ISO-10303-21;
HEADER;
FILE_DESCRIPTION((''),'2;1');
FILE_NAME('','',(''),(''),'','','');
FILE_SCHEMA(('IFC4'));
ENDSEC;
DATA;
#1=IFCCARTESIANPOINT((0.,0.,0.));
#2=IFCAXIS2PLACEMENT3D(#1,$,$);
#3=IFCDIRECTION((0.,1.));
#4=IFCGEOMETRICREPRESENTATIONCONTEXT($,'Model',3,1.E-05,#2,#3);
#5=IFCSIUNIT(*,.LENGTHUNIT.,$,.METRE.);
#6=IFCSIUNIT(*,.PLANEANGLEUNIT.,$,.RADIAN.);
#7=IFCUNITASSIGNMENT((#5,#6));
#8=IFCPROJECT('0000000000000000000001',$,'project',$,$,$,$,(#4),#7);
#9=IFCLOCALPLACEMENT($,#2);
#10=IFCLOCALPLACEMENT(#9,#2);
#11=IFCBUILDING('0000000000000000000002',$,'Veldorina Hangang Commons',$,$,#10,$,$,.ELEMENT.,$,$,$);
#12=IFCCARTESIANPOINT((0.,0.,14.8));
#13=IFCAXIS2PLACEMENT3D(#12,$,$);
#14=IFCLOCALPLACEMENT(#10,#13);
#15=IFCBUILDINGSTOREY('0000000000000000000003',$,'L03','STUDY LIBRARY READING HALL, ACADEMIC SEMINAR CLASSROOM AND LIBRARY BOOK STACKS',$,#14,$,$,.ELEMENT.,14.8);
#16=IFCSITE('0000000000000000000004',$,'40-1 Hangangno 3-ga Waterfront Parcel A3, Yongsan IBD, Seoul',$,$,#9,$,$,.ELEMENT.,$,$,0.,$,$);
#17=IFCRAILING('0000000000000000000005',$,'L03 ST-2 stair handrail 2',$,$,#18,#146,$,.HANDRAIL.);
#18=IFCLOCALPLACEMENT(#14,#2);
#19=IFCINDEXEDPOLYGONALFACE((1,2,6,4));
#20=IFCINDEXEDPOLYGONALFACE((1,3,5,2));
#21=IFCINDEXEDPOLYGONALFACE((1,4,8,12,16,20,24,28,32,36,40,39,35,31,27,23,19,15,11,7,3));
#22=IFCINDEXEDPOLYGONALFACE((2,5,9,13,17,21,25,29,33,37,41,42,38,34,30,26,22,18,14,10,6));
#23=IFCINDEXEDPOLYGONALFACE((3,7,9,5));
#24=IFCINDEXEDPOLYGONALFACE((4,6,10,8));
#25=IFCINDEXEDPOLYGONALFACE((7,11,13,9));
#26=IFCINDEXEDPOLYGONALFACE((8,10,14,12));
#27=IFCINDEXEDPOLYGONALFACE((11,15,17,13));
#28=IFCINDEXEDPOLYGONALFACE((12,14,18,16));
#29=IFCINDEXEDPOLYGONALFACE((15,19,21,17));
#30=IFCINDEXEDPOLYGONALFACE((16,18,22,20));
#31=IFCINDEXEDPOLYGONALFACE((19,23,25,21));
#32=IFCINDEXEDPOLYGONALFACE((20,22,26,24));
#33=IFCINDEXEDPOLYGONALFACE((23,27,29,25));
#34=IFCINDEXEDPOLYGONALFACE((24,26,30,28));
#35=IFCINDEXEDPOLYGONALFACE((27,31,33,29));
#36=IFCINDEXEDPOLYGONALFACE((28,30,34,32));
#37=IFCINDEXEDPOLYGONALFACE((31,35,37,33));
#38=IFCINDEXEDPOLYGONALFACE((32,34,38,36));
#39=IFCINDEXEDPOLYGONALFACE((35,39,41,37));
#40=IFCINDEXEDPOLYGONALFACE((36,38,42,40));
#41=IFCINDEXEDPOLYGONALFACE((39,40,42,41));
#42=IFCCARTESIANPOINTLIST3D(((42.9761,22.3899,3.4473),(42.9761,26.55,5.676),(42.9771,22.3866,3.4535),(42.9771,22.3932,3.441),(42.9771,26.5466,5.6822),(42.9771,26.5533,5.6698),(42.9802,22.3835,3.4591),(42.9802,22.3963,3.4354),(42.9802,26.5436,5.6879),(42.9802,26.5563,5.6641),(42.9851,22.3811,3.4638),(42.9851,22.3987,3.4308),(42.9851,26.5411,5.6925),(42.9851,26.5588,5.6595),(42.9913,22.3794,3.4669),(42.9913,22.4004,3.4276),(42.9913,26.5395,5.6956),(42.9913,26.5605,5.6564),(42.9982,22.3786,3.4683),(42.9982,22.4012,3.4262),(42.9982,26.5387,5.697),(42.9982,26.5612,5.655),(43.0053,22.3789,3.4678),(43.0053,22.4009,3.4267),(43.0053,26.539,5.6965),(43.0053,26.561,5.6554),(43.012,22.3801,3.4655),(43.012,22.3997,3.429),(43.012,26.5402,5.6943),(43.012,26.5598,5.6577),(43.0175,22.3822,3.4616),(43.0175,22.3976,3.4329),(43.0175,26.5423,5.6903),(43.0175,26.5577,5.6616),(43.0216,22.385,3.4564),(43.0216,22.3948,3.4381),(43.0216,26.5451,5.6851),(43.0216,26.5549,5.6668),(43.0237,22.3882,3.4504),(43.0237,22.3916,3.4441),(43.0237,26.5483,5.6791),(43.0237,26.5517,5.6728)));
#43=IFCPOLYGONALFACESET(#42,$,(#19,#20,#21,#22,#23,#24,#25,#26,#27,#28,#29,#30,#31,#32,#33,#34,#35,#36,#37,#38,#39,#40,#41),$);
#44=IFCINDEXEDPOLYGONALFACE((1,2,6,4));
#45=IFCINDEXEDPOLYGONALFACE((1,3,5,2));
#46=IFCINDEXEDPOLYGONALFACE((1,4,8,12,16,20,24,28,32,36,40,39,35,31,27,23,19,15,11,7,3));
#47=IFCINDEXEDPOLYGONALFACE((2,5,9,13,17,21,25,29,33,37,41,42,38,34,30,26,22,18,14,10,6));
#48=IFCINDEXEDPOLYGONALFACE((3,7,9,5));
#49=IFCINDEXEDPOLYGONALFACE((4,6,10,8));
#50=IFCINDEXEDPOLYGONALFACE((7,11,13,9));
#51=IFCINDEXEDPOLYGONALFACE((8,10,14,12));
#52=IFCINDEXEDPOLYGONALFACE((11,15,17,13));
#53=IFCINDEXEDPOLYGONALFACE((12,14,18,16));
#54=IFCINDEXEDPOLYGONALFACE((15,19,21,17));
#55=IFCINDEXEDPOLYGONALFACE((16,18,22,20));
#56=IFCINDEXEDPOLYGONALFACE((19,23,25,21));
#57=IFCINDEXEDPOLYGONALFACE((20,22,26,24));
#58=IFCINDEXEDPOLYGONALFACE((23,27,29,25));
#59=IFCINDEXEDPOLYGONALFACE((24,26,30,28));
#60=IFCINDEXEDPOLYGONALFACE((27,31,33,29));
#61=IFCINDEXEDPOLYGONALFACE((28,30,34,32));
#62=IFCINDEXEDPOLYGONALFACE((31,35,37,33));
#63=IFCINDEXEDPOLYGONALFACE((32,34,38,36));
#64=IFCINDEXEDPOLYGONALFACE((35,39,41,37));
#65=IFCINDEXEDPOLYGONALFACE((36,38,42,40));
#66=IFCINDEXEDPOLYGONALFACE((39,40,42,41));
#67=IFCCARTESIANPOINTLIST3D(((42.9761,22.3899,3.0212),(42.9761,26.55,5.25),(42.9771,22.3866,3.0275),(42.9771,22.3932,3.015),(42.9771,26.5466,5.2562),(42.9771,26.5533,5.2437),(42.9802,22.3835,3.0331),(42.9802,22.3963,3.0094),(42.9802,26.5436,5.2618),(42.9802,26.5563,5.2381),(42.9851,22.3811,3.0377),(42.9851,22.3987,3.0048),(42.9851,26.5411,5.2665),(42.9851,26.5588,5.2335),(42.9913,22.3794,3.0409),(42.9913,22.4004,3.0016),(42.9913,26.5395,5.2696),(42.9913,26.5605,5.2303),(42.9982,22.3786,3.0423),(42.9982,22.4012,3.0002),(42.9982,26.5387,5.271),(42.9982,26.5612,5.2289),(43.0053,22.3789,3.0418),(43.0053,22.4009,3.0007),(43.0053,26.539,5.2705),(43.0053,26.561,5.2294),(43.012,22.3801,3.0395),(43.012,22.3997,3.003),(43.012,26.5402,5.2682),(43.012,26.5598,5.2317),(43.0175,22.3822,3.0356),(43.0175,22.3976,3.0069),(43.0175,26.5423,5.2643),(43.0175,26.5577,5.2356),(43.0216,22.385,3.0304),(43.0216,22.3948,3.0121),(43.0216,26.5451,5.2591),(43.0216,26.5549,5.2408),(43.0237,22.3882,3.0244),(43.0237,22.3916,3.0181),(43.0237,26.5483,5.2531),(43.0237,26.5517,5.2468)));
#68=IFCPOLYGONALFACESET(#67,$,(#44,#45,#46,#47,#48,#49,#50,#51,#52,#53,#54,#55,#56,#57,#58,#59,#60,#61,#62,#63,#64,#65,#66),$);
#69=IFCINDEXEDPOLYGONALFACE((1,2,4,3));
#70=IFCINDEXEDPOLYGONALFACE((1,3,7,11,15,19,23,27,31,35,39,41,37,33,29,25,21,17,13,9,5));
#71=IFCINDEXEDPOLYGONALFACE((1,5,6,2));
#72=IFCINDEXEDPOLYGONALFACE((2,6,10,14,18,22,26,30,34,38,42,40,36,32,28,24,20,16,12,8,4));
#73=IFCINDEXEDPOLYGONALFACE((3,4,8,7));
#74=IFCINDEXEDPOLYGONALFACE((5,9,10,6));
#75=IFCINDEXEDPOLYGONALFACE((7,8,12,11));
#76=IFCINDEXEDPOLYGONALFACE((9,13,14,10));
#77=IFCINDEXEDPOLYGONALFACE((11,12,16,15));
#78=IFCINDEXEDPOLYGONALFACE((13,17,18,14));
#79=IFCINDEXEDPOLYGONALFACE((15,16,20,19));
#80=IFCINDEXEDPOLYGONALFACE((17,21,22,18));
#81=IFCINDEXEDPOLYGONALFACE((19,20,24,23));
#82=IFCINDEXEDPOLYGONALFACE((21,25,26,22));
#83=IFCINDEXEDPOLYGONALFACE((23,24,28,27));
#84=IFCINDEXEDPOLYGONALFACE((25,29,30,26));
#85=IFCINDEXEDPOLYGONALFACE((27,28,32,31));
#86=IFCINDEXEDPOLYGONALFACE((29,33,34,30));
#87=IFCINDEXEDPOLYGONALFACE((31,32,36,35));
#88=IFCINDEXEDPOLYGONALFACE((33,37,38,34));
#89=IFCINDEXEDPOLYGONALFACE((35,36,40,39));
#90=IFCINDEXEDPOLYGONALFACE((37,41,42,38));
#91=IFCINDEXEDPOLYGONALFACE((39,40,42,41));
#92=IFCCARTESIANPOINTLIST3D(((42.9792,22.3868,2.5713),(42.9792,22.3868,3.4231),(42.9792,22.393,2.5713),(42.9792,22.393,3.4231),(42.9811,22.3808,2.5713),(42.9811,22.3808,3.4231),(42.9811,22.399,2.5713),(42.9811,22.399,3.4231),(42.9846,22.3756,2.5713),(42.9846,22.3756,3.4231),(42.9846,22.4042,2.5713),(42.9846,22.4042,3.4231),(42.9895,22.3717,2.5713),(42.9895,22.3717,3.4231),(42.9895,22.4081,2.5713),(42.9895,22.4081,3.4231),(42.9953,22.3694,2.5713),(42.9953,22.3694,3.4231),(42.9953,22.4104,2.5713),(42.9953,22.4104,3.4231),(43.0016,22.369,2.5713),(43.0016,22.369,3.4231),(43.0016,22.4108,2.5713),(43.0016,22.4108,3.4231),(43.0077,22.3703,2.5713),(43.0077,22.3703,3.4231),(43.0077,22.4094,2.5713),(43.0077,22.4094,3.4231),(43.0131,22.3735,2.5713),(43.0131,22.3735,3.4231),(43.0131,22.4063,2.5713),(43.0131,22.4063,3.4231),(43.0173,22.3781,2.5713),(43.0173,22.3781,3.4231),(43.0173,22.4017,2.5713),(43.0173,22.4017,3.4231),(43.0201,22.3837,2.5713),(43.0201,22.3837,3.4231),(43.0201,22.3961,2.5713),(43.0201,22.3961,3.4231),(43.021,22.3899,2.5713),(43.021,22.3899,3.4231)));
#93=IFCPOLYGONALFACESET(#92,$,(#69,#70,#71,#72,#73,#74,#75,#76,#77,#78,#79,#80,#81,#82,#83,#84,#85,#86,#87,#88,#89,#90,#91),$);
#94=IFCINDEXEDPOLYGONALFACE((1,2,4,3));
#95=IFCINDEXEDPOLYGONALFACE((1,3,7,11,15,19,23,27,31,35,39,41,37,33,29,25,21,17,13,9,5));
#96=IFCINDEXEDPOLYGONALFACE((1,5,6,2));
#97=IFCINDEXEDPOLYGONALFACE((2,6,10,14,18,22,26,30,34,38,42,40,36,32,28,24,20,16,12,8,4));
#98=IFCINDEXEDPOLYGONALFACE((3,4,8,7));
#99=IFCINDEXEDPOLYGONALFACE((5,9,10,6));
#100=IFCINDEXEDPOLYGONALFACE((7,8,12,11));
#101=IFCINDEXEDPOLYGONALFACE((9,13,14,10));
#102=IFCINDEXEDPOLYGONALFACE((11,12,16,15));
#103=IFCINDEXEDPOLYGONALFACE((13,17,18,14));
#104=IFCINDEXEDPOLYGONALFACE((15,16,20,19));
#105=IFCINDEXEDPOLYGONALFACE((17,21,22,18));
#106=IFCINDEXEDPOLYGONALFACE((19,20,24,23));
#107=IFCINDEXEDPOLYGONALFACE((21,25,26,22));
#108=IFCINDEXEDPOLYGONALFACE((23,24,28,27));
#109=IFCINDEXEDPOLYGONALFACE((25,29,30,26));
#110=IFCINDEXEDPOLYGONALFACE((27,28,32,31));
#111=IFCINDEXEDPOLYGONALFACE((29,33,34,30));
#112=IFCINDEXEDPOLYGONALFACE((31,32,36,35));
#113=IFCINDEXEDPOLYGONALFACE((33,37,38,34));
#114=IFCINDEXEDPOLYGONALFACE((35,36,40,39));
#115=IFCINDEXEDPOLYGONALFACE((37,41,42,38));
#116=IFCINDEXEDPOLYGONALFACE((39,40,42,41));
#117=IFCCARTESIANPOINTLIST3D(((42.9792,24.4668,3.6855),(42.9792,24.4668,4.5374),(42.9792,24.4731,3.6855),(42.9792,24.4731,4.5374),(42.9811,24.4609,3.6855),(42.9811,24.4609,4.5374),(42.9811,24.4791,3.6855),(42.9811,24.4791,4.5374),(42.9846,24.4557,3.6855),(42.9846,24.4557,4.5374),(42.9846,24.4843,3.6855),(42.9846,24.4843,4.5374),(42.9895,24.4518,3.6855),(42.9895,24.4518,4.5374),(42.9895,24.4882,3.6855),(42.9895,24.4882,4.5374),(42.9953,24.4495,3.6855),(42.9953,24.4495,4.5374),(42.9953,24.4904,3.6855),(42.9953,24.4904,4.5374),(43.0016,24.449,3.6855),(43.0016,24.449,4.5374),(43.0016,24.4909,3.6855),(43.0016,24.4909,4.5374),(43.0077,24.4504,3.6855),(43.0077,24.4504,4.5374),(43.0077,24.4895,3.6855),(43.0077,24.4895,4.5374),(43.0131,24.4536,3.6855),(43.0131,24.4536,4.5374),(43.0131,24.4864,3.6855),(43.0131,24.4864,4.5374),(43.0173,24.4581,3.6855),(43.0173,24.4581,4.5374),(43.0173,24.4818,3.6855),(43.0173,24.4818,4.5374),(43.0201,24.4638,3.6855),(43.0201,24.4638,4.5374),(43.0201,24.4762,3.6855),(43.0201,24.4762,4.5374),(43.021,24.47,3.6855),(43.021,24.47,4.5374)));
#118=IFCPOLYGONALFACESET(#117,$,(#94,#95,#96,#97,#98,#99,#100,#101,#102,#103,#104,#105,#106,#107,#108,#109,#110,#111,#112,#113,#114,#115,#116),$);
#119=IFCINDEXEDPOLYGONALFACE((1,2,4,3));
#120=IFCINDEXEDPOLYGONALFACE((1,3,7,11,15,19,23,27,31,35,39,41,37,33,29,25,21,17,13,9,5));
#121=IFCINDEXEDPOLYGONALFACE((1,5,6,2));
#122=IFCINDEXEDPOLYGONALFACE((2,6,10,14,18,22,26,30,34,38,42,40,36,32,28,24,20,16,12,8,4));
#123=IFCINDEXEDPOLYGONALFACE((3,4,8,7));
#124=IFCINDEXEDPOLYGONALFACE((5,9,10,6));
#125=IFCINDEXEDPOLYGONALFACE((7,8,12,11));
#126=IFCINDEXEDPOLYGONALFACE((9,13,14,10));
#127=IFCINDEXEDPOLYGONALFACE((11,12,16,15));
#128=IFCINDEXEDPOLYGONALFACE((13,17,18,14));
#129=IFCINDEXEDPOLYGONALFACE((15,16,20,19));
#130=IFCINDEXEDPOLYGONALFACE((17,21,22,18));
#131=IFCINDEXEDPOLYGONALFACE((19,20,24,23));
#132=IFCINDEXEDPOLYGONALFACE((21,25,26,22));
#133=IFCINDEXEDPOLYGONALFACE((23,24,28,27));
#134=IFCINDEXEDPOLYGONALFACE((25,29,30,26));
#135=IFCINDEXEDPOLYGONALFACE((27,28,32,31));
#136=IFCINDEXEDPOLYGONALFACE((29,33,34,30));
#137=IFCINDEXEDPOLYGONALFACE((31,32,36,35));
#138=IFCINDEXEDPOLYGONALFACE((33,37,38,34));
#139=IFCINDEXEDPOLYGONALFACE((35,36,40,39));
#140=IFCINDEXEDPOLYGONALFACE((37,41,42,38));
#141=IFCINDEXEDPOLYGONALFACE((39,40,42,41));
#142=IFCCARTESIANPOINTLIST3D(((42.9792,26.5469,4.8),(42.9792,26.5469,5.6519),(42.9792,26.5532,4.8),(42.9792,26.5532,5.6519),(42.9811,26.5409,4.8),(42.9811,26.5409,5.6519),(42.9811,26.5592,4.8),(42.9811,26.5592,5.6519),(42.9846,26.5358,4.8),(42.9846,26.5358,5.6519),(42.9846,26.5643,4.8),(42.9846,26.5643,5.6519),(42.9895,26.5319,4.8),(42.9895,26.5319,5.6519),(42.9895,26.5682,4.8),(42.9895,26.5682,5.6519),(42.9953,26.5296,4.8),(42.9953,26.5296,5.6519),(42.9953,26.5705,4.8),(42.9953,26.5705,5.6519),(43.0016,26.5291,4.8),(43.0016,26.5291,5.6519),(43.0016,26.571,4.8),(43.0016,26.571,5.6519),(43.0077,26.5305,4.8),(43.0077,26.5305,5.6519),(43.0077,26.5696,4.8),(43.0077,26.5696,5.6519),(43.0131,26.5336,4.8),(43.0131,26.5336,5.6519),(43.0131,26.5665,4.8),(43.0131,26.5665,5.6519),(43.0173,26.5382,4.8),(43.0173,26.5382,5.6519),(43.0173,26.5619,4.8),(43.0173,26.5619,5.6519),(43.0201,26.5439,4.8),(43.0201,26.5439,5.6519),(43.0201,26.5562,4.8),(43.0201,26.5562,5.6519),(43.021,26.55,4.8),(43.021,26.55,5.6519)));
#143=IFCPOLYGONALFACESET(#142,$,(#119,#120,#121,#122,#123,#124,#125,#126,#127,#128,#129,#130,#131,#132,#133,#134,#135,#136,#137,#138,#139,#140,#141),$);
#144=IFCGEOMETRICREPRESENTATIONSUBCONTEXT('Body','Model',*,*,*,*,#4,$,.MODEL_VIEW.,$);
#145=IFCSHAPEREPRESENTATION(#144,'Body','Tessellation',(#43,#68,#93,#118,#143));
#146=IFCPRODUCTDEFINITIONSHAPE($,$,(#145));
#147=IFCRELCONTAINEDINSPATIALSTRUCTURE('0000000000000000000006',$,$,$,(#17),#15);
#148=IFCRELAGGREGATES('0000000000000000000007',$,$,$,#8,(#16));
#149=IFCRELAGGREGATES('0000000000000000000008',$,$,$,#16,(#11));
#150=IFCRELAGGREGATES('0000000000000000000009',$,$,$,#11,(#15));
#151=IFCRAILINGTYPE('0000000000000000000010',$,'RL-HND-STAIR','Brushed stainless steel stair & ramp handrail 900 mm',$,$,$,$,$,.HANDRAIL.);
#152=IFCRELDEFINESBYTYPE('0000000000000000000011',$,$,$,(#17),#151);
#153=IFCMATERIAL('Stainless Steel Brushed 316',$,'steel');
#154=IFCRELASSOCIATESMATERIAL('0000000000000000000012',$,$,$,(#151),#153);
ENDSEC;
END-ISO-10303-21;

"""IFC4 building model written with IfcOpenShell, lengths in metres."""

from ifc_helpers import new_model, si_unit, direction, frame, origin, origin_2d, place, context, subcontext, project, spatial, circle, extrude, material, type_object, element, save


model = new_model("IFC4")

# Units and contexts
model_context = context("Model", 3, precision=1e-05, world=origin(), true_north=direction((0.0, 1.0)))
body_context = subcontext(model_context, "Body", "Model", "MODEL_VIEW")
ifc_project = project(units=[si_unit("LENGTHUNIT", "METRE"), si_unit("PLANEANGLEUNIT", "RADIAN")], contexts=[model_context])

# Site, building, storey
site_placement = place(None, origin())
site = spatial("IfcSite", under=ifc_project, at=site_placement, Name="40-1 Hangangno 3-ga Waterfront Parcel A3, Yongsan IBD, Seoul", CompositionType="ELEMENT", RefElevation=0.0)
building_placement = place(site_placement, origin())
building = spatial("IfcBuilding", under=site, at=building_placement, Name="Veldorina Hangang Commons", CompositionType="ELEMENT")
storey_placement = place(building_placement, frame((0.0, 0.0, 14.8)))
storey = spatial("IfcBuildingStorey", under=building, at=storey_placement, Name="L03", Description="STUDY LIBRARY READING HALL, ACADEMIC SEMINAR CLASSROOM AND LIBRARY BOOK STACKS", CompositionType="ELEMENT", Elevation=14.8)

# Railing
ifc_material_1 = material(Name="Stainless Steel Brushed 316", Category="steel")
railing_type_1 = type_object("IfcRailingType", Name="RL-HND-STAIR", Description="Brushed stainless steel stair & ramp handrail 900 mm", PredefinedType="HANDRAIL", material=ifc_material_1)
railing_1_placement = place(storey_placement, frame((43.0, 22.3899, 2.5713)))
element("IfcRailing", 1, at=railing_1_placement, inside=storey, type_object=railing_type_1, Name="L03 ST-2 stair handrail 2", PredefinedType="HANDRAIL", context=body_context, shape_type="SweptSolid", body=[
    extrude(circle(Radius=0.0239, at=origin_2d()), frame((0.0, 0.0, 0.876), z_axis=(0.0, 0.881471, 0.472239), x_axis=(-1.0, 0.0, 0.0)), (0.0, 0.0, 1.0), 4.7195),
    extrude(circle(Radius=0.0239, at=origin_2d()), frame((0.0, 0.0, 0.45), z_axis=(0.0, 0.881471, 0.472239), x_axis=(-1.0, 0.0, 0.0)), (0.0, 0.0, 1.0), 4.7195),
    extrude(circle(Radius=0.021, at=origin_2d()), origin(), (0.0, 0.0, 1.0), 0.8518),
    extrude(circle(Radius=0.021, at=origin_2d()), frame((0.0, 2.0801, 1.1143)), (0.0, 0.0, 1.0), 0.8518),
    extrude(circle(Radius=0.021, at=origin_2d()), frame((0.0, 4.1602, 2.2288)), (0.0, 0.0, 1.0), 0.8518),
])

save(model, "model.ifc")
